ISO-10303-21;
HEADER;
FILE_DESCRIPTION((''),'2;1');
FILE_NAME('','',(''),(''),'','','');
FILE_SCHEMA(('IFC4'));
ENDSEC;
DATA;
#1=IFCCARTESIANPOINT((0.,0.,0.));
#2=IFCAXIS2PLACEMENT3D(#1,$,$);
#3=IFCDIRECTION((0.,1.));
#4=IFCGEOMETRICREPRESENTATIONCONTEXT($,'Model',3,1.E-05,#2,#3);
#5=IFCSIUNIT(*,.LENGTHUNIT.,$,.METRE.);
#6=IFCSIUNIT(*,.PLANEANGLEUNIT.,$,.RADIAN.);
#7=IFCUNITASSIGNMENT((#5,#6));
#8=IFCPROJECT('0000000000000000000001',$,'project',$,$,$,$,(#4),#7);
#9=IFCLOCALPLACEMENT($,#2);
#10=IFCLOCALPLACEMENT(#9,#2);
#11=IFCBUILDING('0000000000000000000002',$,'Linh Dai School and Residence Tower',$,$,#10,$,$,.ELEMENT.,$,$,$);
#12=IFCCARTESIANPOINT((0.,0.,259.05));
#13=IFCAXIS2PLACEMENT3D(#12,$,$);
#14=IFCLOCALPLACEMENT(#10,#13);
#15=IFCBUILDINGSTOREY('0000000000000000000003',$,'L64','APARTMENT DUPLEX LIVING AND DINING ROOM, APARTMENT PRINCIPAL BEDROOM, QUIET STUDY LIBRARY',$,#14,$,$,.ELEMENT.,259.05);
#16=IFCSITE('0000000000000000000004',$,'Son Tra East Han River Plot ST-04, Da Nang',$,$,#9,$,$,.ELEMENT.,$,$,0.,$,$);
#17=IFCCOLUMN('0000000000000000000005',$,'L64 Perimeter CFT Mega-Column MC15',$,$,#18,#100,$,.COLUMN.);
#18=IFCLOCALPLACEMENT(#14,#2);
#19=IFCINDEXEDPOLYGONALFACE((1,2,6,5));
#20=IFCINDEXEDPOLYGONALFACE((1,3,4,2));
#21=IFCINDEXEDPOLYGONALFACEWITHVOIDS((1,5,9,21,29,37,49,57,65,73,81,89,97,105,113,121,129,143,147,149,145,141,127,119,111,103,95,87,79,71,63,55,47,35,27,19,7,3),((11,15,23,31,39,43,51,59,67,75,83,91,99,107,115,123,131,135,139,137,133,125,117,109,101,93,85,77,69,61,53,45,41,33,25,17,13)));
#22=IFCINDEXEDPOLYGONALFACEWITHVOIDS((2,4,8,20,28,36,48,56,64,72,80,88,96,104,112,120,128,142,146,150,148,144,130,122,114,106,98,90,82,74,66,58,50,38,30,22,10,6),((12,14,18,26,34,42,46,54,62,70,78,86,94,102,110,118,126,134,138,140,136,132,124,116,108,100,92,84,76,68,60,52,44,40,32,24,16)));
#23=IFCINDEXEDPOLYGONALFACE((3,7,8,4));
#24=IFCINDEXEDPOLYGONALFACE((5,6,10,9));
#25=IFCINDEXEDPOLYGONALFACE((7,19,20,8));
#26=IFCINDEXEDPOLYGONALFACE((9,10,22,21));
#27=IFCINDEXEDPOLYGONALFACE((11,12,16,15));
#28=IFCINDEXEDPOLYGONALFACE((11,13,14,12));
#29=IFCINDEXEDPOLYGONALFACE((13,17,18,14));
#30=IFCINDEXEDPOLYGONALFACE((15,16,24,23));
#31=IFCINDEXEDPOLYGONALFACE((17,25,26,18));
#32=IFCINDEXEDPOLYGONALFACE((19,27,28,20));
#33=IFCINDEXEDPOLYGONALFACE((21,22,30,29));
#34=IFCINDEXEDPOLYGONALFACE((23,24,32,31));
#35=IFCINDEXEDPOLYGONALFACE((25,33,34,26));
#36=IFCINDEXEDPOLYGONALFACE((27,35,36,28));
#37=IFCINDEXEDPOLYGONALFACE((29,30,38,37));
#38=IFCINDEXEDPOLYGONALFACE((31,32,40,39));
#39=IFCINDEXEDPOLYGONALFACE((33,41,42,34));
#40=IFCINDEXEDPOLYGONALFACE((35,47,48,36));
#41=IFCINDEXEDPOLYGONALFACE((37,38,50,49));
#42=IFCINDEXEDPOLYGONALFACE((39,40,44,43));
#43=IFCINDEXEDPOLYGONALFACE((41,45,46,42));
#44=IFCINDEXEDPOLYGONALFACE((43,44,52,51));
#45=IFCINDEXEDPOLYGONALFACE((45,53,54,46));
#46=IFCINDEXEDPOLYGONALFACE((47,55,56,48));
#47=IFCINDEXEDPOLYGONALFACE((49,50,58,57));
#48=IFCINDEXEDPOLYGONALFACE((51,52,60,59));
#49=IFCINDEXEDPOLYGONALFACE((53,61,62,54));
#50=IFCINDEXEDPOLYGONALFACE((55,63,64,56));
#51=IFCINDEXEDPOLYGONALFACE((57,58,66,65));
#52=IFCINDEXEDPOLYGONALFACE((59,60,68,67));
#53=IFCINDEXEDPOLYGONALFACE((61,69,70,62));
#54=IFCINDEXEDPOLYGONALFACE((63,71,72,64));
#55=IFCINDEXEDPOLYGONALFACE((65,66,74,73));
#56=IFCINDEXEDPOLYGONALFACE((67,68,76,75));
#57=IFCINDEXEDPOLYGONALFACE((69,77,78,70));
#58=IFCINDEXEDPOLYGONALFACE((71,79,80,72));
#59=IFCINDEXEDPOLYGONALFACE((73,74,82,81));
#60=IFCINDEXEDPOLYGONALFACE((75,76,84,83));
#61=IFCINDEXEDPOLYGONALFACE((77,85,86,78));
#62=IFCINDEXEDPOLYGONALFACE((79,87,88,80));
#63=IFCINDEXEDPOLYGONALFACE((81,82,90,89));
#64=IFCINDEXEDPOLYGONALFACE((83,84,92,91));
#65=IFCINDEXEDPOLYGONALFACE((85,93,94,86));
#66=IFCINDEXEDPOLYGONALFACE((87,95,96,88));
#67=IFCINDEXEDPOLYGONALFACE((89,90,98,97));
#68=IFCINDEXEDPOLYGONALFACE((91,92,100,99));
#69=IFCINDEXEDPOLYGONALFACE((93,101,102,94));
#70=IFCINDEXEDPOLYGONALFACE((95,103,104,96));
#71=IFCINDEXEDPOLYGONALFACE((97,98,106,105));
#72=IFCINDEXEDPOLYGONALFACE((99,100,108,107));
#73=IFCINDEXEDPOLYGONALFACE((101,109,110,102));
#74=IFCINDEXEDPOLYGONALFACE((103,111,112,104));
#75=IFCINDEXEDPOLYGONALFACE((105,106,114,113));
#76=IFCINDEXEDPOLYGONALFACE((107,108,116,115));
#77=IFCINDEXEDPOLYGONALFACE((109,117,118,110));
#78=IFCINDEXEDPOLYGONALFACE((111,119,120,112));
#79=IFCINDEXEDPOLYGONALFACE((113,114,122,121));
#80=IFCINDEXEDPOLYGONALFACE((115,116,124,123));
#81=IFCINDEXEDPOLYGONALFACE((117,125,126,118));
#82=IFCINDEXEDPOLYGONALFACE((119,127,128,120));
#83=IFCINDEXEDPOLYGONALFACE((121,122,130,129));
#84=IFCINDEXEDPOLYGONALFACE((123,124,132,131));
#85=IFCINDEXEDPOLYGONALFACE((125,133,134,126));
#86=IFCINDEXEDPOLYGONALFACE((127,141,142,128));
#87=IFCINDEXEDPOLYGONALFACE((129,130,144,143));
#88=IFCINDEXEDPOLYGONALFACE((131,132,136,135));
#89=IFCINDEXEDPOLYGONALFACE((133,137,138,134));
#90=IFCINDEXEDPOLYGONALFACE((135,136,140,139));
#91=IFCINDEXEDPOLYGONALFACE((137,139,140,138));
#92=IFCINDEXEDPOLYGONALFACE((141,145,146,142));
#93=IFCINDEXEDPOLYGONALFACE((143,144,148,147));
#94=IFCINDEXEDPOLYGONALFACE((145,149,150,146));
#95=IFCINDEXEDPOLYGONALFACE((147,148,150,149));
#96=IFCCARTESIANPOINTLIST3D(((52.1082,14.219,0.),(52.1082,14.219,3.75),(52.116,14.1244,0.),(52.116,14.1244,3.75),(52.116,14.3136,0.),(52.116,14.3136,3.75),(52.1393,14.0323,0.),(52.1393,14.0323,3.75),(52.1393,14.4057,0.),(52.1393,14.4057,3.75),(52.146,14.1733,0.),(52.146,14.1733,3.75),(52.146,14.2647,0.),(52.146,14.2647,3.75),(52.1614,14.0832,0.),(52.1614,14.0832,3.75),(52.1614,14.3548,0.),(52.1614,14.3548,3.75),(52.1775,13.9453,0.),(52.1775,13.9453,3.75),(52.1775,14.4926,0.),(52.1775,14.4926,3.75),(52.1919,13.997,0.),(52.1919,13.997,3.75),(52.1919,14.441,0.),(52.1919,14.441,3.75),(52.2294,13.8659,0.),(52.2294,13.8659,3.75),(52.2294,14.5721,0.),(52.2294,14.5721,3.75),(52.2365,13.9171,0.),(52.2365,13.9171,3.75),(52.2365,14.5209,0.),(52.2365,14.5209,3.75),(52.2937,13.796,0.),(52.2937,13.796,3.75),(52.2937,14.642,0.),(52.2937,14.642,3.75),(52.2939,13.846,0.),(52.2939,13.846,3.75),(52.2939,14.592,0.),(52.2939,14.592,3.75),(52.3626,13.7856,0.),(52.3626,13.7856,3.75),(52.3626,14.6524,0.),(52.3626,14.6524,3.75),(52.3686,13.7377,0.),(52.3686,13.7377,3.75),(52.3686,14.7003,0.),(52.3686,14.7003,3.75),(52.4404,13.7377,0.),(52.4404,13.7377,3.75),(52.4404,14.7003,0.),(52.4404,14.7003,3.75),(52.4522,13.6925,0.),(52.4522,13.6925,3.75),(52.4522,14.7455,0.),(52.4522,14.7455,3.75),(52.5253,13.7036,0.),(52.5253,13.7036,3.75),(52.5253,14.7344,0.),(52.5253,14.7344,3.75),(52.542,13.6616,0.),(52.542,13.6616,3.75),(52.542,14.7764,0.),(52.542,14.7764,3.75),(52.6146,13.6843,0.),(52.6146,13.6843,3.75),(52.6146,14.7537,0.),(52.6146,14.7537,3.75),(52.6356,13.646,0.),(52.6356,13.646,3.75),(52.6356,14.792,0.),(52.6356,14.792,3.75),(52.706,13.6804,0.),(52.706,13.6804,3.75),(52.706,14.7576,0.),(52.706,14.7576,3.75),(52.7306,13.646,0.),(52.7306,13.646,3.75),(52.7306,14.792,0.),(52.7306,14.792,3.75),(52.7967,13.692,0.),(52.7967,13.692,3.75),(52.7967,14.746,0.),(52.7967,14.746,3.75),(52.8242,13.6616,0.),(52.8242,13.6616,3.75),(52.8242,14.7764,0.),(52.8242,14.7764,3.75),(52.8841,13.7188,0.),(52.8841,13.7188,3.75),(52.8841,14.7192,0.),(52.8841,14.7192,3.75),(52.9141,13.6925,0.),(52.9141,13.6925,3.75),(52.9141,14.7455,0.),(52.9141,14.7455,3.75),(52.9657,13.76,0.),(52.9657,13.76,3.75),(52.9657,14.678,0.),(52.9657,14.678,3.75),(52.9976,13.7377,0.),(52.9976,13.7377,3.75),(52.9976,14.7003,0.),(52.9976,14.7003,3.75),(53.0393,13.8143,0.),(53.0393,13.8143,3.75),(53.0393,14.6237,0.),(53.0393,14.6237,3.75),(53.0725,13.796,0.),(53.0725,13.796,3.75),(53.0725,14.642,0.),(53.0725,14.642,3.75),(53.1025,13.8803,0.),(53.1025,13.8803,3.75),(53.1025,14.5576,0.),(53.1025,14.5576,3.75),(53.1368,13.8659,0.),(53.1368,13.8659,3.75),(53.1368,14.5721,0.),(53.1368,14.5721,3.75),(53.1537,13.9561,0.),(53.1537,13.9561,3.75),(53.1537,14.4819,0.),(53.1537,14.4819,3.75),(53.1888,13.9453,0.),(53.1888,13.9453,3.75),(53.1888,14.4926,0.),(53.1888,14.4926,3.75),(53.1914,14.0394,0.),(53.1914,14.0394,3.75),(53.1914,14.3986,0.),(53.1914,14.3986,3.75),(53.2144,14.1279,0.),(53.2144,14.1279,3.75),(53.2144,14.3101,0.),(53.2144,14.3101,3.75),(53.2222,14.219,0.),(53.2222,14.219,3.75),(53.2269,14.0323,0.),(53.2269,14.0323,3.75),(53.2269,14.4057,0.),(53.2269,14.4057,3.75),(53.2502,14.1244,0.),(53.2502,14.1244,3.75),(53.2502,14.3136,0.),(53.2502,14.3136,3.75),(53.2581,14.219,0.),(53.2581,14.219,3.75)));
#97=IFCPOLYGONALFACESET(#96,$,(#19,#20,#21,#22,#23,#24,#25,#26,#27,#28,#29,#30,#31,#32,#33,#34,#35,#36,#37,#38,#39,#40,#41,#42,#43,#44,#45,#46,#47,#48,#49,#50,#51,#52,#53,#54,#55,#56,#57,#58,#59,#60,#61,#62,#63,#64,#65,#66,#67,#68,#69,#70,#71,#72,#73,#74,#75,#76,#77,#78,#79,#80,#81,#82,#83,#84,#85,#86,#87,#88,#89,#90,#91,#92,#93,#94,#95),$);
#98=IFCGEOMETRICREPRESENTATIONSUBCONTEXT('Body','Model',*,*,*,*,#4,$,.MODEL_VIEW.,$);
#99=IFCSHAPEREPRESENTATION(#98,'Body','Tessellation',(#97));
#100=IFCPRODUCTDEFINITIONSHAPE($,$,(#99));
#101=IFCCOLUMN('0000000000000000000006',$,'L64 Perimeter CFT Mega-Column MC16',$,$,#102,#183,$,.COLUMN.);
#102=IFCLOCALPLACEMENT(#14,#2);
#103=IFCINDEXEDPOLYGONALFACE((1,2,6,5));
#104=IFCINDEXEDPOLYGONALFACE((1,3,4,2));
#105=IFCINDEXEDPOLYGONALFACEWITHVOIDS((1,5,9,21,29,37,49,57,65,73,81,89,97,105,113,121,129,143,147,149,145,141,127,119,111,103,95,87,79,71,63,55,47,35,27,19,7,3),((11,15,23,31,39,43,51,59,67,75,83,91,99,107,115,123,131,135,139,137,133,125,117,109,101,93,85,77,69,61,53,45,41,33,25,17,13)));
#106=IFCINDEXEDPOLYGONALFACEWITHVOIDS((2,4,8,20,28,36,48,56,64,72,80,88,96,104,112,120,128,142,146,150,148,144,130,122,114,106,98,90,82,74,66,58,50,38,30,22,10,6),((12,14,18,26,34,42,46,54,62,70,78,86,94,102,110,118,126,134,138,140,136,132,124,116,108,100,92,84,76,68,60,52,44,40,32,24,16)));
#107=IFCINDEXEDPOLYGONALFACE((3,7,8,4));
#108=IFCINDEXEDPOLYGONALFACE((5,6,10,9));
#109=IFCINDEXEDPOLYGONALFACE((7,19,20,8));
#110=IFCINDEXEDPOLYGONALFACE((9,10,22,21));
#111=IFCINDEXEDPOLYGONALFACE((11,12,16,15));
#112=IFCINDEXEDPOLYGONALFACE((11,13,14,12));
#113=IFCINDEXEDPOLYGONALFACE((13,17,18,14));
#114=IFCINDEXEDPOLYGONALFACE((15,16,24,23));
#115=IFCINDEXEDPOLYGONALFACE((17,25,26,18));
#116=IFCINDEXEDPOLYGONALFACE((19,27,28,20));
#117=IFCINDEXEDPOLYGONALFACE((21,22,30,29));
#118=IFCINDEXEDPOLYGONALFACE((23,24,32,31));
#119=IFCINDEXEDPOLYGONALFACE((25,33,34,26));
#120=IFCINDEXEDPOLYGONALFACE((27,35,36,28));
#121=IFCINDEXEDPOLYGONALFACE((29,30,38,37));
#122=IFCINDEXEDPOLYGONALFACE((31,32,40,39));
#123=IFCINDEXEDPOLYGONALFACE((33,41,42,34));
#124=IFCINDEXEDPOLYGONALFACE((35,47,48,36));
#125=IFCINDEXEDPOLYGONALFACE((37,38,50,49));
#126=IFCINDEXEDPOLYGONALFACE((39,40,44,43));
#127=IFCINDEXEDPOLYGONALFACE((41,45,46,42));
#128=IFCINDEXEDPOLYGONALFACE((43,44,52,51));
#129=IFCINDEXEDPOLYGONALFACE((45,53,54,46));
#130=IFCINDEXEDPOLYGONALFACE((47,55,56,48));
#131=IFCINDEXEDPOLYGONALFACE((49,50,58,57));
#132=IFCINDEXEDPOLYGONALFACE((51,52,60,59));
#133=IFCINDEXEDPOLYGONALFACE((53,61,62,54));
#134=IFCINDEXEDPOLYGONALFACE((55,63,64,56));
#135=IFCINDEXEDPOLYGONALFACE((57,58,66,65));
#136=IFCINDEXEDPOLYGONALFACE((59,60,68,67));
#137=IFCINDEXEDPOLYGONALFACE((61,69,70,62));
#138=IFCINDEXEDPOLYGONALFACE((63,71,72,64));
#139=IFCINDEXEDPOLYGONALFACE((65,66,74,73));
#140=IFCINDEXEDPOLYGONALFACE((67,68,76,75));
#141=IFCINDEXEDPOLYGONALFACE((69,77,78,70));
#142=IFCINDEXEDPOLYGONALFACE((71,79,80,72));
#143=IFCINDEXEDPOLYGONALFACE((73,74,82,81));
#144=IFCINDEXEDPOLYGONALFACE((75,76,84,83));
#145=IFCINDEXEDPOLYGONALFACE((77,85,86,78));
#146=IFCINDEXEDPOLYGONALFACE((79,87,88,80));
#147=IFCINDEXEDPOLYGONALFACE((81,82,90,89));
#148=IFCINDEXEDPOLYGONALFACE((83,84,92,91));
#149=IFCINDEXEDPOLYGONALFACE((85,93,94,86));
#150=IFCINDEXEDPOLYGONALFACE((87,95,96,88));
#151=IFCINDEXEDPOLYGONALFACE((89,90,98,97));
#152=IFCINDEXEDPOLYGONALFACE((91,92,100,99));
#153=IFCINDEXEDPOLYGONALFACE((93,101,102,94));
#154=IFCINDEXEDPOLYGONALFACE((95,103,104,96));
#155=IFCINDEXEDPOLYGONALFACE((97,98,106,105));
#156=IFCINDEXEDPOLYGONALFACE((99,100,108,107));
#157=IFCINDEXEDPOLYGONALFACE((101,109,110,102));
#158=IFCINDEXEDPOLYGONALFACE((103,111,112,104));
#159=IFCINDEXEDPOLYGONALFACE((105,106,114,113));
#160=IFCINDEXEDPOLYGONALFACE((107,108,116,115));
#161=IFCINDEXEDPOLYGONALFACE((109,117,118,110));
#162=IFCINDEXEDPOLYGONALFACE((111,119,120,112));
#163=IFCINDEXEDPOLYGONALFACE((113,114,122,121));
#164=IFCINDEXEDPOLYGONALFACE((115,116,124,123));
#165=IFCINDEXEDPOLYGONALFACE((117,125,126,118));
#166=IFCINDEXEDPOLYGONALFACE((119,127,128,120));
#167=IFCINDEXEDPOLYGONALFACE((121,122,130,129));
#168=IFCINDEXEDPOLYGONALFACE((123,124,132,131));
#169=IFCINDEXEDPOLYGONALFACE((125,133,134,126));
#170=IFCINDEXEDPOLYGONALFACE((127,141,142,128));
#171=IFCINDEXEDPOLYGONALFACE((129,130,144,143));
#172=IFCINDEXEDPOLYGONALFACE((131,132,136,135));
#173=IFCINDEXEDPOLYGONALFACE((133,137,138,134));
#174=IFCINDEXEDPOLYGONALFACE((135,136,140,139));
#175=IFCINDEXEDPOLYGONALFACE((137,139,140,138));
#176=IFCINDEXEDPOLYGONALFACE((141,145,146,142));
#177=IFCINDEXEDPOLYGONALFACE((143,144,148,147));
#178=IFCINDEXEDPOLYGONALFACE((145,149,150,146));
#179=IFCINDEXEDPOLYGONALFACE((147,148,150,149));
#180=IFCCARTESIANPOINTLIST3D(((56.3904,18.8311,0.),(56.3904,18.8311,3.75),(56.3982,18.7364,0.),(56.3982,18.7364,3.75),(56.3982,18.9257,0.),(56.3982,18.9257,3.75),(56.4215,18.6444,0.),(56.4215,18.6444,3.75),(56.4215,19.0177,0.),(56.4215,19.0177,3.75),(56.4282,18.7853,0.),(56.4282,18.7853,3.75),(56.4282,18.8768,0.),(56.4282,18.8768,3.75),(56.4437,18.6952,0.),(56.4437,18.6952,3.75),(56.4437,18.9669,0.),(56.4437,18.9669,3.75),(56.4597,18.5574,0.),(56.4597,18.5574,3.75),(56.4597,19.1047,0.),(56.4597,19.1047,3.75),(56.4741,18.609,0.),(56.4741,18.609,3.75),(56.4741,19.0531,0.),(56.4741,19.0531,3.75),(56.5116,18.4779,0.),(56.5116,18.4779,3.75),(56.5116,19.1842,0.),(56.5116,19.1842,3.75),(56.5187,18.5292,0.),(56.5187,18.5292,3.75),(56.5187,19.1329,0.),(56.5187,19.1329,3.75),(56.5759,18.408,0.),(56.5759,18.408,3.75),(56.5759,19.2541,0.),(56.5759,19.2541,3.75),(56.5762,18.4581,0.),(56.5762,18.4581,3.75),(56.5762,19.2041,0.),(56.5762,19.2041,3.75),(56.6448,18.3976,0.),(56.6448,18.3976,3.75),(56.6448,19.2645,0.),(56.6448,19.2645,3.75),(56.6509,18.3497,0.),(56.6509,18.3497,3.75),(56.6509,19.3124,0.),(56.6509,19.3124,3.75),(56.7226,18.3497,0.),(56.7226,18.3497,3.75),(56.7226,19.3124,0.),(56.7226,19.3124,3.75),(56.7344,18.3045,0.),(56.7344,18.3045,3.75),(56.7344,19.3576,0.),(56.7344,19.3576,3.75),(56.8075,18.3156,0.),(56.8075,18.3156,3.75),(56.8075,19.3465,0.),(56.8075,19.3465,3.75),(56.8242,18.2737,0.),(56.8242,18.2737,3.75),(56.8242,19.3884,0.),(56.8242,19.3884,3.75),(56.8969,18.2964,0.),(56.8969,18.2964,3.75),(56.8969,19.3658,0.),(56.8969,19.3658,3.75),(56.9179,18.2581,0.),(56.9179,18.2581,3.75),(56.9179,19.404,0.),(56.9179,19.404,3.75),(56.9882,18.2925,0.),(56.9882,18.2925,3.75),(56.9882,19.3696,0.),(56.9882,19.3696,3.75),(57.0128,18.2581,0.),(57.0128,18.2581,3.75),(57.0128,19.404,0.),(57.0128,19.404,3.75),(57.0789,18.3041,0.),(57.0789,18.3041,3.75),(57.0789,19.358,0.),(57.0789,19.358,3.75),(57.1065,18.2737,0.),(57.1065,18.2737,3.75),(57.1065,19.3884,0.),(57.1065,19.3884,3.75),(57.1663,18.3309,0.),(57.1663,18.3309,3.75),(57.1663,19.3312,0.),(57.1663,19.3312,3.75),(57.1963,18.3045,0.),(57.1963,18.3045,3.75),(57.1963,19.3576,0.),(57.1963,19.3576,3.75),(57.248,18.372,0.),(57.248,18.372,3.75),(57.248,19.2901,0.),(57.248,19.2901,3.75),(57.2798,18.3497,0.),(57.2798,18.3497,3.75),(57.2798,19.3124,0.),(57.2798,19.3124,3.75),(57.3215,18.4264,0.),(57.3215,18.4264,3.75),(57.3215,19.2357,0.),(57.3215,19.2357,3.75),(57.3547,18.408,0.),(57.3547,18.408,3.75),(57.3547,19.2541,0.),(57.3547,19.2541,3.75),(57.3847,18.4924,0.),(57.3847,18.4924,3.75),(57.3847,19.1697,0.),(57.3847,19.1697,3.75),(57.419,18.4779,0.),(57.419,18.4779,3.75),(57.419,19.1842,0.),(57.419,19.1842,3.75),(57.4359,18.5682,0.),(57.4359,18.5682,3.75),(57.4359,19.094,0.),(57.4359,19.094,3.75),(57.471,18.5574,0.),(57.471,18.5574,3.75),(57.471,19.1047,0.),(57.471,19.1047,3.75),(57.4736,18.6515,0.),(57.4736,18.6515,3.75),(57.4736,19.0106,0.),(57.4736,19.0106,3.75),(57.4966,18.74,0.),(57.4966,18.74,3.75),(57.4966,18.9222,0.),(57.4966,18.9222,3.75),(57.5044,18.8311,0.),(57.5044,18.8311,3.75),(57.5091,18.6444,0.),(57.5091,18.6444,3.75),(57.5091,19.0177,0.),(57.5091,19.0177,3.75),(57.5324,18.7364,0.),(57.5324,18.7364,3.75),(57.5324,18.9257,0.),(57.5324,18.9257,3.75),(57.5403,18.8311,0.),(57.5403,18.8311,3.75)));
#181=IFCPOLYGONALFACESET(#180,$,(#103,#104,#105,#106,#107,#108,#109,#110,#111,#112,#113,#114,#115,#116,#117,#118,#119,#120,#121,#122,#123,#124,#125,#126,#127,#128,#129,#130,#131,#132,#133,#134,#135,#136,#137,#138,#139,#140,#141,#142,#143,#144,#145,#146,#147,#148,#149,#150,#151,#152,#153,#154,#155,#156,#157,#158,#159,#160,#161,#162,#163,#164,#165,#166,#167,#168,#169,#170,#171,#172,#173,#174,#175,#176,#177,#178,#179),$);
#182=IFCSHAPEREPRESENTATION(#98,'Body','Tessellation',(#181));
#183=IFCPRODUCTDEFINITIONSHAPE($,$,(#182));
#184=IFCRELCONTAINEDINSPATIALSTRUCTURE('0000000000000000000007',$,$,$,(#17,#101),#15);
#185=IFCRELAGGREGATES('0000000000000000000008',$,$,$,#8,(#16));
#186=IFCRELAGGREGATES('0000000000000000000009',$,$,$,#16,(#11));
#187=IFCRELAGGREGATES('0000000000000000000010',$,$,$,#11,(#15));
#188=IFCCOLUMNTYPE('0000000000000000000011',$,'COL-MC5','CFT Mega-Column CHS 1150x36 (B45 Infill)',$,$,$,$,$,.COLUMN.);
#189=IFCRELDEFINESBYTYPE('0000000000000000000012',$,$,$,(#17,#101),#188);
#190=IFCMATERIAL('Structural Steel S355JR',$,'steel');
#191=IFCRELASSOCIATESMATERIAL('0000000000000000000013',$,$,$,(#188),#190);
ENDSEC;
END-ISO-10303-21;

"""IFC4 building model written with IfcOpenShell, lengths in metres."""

from ifc_helpers import new_model, si_unit, direction, frame, origin, origin_2d, place, context, subcontext, project, spatial, hollow_circle, extrude, material, material_profile, profile_set, type_object, element, save


model = new_model("IFC4")

# Units and contexts
model_context = context("Model", 3, precision=1e-05, world=origin(), true_north=direction((0.0, 1.0)))
body_context = subcontext(model_context, "Body", "Model", "MODEL_VIEW")
ifc_project = project(units=[si_unit("LENGTHUNIT", "METRE"), si_unit("PLANEANGLEUNIT", "RADIAN")], contexts=[model_context])

# Site, building, storey
site_placement = place(None, origin())
site = spatial("IfcSite", under=ifc_project, at=site_placement, Name="Son Tra East Han River Plot ST-04, Da Nang", CompositionType="ELEMENT", RefElevation=0.0)
building_placement = place(site_placement, origin())
building = spatial("IfcBuilding", under=site, at=building_placement, Name="Linh Dai School and Residence Tower", CompositionType="ELEMENT")
storey_placement = place(building_placement, frame((0.0, 0.0, 259.05)))
storey = spatial("IfcBuildingStorey", under=building, at=storey_placement, Name="L64", Description="APARTMENT DUPLEX LIVING AND DINING ROOM, APARTMENT PRINCIPAL BEDROOM, QUIET STUDY LIBRARY", CompositionType="ELEMENT", Elevation=259.05)

# Columns
ifc_material_1 = material(Name="Structural Steel S355JR", Category="steel")
ifc_material_profile_1 = material_profile(ifc_material_1, hollow_circle(Radius=0.575, WallThickness=0.0359, at=origin_2d()), Name="CHS 1150x36")
ifc_profile_set_1 = profile_set([ifc_material_profile_1], Name="Structural Steel S355JR")
column_type = type_object("IfcColumnType", Name="COL-MC5", Description="CFT Mega-Column CHS 1150x36 (B45 Infill)", PredefinedType="COLUMN", material=ifc_profile_set_1)
for number, where, z_axis, x_axis, name in (
    (1, (52.6831, 14.219, 0.0), (0.0, 0.0, 1.0), (1.0, 0.0, 0.0), "L64 Perimeter CFT Mega-Column MC15"),
    (2, (56.9653, 18.8311, 0.0), (0.0, 0.0, 1.0), (1.0, 0.0, 0.0), "L64 Perimeter CFT Mega-Column MC16"),
):
    element("IfcColumn", number, at=place(storey_placement, frame(where, z_axis=z_axis, x_axis=x_axis)), inside=storey, type_object=column_type, Name=name, PredefinedType="COLUMN", context=body_context, shape_type="SweptSolid", body=[
        extrude(hollow_circle(Radius=0.575, WallThickness=0.0359, at=origin_2d()), origin(), (0.0, 0.0, 1.0), 3.75),
    ])

save(model, "model.ifc")
